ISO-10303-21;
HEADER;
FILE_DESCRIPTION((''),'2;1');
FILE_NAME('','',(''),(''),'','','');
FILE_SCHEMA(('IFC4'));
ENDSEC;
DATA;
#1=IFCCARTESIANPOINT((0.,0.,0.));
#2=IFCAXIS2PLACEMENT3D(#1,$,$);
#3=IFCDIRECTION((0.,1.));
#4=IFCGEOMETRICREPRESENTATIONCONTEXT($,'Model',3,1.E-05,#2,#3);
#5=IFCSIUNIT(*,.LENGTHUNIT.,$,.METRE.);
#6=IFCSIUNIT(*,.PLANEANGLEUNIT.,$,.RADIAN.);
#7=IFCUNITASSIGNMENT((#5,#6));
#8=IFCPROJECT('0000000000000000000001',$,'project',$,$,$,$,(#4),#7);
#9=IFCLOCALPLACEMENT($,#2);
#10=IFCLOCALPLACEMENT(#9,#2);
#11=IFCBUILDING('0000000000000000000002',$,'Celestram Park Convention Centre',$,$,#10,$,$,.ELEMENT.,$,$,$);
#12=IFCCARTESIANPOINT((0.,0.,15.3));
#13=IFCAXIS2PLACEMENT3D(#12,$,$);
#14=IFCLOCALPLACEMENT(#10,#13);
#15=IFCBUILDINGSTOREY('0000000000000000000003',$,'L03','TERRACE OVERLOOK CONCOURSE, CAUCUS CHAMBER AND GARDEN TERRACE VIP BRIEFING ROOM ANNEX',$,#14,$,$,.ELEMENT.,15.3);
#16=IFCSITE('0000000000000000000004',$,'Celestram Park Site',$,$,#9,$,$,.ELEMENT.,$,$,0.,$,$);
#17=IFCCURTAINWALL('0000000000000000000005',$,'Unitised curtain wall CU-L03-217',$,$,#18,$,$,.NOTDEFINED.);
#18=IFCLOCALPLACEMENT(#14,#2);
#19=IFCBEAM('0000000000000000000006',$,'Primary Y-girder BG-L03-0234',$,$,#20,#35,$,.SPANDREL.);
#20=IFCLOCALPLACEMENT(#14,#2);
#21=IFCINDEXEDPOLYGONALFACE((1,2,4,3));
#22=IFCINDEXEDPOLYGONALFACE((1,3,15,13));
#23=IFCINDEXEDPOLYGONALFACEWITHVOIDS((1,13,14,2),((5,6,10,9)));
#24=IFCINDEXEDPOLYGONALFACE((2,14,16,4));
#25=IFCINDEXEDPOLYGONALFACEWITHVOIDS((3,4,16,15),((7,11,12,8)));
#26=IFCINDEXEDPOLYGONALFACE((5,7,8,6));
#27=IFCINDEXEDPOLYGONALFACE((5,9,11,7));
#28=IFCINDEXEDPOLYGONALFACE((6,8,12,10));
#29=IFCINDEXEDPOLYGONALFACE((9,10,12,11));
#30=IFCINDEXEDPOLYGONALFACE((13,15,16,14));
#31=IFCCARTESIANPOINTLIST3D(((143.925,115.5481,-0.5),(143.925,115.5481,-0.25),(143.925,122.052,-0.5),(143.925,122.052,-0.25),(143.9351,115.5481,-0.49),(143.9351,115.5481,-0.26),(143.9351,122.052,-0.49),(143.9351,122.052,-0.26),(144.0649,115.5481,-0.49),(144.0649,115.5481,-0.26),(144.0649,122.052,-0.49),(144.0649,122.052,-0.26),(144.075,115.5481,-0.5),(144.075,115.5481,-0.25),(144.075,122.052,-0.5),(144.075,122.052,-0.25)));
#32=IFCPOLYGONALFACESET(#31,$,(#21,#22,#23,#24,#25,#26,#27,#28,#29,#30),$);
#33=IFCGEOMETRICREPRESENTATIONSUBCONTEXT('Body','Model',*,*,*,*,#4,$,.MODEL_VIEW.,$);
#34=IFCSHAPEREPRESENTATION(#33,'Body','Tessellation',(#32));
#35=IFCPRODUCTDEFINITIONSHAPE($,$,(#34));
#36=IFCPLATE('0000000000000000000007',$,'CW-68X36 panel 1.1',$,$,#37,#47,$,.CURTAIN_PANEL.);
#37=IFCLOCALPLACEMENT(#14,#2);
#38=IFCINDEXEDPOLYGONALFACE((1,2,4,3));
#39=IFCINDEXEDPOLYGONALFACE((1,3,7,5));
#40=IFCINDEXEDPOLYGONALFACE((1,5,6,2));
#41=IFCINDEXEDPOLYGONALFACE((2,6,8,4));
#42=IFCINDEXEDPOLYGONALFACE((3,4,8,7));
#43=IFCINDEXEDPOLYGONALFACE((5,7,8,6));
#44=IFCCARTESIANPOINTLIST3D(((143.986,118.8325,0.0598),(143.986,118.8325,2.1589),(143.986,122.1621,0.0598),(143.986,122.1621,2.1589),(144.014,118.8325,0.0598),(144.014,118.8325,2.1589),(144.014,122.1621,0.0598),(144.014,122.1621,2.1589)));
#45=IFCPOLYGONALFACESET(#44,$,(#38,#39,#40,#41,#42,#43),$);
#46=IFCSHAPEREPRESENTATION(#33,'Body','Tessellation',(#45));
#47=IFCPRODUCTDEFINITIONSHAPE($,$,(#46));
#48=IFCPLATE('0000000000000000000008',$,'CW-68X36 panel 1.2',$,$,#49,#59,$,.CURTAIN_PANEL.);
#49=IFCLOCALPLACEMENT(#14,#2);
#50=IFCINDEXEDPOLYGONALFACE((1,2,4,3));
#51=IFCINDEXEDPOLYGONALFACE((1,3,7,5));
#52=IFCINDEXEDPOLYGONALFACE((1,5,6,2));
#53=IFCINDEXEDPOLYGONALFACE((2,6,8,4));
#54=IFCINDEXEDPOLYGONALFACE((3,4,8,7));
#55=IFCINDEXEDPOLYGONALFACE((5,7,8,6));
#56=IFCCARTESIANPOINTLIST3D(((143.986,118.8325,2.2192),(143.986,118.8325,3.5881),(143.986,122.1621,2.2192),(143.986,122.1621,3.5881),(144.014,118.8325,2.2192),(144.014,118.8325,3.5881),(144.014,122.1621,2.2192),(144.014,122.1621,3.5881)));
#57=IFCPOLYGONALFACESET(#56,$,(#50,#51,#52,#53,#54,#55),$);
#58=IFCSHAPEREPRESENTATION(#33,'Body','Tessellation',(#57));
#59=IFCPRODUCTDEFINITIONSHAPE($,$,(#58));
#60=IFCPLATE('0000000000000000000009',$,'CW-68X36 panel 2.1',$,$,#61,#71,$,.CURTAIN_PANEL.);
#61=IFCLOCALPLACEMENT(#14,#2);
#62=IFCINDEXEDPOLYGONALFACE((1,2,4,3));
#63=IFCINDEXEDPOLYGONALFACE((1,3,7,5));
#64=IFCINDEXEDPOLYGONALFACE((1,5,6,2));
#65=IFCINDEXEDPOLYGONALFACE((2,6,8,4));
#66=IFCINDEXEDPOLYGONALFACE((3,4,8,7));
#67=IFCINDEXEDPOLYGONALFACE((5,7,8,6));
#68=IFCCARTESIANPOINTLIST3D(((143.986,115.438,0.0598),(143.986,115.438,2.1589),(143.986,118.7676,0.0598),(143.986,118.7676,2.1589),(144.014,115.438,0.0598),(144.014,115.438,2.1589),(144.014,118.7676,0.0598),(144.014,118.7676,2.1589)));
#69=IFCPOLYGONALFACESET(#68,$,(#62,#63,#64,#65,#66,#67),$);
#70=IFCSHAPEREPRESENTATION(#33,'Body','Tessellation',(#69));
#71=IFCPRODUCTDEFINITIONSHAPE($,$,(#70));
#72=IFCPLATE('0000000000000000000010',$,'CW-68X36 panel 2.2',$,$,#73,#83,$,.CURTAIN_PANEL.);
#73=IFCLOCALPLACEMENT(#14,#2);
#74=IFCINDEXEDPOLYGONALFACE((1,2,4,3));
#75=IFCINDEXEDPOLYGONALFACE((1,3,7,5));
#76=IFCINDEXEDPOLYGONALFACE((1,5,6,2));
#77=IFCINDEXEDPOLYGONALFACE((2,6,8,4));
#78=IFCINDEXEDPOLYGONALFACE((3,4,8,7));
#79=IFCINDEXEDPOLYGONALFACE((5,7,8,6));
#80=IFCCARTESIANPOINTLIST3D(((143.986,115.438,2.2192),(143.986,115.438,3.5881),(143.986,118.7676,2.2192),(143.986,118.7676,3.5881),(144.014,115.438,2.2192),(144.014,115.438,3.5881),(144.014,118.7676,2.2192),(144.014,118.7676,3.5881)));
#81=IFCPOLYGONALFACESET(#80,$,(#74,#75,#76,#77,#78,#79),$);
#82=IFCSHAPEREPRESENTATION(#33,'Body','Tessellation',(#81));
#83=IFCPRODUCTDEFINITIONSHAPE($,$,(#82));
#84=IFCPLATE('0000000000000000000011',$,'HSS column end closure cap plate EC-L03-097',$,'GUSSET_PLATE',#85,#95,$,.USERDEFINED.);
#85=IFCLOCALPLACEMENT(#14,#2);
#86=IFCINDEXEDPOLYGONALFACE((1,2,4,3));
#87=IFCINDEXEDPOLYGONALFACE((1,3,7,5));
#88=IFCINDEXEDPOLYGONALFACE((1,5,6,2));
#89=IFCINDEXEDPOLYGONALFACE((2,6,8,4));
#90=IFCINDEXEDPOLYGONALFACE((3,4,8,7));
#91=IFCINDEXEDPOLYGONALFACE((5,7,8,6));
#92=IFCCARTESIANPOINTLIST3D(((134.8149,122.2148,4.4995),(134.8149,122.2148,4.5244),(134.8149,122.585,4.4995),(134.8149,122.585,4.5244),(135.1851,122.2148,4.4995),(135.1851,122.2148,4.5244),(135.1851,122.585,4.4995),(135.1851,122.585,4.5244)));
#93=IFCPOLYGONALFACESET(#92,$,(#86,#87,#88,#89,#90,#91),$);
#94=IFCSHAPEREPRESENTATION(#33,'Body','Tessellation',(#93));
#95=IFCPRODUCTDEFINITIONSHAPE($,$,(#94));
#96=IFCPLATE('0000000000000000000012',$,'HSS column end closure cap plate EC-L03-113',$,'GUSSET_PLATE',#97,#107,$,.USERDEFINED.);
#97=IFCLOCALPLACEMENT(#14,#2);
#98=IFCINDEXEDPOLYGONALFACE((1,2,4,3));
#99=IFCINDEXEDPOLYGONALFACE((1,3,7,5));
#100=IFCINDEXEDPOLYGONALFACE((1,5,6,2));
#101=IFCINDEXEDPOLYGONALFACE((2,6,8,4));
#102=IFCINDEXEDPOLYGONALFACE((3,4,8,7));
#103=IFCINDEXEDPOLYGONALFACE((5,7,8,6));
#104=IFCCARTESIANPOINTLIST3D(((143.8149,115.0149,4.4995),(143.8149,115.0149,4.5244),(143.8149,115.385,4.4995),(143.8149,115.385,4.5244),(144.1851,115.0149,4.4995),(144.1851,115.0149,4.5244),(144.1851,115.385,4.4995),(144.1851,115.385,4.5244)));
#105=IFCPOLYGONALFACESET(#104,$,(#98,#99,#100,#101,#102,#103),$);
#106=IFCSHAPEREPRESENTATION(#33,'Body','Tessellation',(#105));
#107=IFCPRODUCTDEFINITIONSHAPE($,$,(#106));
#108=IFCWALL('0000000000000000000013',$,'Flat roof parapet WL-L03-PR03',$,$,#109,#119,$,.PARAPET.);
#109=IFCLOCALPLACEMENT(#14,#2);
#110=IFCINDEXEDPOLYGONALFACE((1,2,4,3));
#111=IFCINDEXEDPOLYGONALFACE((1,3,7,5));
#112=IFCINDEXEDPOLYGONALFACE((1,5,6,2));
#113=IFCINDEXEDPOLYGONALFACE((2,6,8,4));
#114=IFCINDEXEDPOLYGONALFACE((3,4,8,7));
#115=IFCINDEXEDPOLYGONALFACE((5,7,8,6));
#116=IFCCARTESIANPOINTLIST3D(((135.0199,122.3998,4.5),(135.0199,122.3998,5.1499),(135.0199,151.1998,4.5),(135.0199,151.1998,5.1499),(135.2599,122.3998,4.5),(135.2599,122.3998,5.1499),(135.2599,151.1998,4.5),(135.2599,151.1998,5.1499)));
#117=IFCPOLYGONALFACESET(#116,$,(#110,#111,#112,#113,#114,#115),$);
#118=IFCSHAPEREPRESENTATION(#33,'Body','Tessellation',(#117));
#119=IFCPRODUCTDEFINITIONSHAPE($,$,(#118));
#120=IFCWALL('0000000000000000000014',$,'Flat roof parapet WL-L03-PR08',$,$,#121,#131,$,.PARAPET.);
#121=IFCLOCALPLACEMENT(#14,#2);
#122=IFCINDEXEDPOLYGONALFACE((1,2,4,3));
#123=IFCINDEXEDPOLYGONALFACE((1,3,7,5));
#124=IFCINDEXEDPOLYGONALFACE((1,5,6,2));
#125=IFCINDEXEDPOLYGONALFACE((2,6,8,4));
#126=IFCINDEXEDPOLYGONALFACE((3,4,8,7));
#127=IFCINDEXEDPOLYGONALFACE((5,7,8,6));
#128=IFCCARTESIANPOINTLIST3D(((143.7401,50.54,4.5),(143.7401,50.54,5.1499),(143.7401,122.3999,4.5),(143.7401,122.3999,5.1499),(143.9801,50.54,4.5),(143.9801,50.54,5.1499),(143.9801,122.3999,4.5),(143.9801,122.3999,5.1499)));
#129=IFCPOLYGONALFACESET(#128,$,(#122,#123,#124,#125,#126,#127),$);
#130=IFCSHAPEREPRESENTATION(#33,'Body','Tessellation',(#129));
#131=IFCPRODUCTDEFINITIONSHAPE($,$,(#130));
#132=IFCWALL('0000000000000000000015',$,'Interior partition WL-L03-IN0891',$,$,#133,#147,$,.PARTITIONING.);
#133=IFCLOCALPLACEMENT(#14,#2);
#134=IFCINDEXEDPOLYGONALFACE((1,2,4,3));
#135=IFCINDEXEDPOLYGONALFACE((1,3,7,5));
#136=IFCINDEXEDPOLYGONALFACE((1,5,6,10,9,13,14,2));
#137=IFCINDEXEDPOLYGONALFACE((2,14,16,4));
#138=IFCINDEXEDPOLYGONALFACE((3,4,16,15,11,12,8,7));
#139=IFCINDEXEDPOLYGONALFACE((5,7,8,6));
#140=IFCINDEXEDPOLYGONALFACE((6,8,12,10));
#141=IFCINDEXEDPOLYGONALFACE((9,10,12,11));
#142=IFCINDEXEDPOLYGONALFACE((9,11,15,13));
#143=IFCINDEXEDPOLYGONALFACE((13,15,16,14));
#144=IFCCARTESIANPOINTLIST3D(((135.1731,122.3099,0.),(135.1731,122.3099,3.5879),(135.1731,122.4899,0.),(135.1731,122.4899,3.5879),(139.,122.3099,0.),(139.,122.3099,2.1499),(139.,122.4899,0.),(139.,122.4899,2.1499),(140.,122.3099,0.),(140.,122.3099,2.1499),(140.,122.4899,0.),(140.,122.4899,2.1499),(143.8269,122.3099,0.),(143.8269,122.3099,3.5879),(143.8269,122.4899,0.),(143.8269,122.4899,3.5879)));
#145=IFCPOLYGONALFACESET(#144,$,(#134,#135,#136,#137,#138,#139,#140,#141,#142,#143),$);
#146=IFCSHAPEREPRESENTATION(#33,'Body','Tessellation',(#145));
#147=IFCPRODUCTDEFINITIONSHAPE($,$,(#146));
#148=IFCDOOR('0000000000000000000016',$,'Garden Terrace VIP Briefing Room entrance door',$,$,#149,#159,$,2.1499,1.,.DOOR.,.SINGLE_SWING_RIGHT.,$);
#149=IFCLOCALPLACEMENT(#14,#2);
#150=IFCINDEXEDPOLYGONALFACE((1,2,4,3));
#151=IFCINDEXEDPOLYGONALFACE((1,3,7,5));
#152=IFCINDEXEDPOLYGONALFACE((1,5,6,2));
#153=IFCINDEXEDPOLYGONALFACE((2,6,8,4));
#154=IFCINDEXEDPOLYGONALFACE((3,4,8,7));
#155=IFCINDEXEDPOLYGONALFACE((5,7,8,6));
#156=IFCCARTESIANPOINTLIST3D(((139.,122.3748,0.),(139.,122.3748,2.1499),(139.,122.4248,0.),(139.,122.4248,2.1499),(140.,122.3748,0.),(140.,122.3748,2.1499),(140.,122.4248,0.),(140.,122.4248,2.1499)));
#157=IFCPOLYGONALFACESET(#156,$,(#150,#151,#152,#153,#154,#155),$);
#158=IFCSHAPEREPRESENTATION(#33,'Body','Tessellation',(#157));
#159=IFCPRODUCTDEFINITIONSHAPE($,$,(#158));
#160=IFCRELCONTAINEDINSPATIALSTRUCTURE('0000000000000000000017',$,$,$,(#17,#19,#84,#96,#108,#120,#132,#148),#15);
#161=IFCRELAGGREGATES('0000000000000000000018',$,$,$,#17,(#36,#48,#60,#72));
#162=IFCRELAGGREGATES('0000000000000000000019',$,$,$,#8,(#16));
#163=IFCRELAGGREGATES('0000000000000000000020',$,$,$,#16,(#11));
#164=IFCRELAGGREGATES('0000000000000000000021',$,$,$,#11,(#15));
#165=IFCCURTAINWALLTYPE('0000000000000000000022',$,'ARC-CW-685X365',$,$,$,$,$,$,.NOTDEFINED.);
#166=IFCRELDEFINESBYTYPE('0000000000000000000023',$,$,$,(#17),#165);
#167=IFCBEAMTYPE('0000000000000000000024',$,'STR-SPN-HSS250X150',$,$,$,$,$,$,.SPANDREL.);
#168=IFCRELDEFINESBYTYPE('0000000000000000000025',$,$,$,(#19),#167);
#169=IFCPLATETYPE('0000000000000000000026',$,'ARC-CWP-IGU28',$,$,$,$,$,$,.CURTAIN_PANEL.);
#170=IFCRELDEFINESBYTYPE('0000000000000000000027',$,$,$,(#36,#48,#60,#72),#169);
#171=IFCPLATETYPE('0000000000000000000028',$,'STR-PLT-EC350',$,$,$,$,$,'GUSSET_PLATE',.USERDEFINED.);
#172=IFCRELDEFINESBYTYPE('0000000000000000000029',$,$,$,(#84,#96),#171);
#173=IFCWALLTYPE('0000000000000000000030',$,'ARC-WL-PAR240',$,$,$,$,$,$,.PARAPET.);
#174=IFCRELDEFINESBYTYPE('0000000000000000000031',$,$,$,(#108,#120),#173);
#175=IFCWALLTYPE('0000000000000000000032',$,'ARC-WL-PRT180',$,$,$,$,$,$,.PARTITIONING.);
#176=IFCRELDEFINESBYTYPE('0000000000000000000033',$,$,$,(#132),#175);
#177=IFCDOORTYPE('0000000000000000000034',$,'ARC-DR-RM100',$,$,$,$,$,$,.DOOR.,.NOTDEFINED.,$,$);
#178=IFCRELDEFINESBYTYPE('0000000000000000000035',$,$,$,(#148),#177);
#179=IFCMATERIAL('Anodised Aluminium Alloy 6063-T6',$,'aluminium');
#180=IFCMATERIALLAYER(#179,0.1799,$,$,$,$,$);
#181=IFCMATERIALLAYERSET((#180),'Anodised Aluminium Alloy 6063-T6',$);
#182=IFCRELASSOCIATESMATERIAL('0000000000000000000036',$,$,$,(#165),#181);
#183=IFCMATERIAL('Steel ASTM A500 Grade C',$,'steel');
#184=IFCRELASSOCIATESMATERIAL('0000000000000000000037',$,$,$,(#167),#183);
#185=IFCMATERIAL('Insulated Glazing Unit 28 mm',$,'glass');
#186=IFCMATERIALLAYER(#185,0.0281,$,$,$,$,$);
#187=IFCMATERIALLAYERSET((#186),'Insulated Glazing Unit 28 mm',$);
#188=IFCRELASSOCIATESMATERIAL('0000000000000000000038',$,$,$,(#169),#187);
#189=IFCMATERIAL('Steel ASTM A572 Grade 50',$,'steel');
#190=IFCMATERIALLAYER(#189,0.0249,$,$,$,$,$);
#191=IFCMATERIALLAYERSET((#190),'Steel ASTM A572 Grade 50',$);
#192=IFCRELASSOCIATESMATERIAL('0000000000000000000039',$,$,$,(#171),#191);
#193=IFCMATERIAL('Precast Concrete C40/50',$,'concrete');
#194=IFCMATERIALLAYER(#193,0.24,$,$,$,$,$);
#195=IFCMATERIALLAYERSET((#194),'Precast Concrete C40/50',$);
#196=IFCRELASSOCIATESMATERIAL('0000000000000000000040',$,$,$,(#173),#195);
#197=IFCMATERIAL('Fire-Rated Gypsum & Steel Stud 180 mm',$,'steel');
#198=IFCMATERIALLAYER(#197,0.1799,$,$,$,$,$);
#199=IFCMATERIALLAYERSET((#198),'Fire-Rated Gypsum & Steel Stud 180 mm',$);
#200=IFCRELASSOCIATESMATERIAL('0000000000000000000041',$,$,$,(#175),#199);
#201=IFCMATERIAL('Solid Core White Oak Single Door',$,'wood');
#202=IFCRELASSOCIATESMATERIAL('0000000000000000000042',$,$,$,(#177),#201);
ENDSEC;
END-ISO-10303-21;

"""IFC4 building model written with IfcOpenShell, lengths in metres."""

from ifc_helpers import new_model, si_unit, direction, frame, frame_2d, origin, origin_2d, place, context, subcontext, project, spatial, rectangle, hollow_rectangle, extrude, material, layer, layer_set, material_profile, profile_set, type_object, element, fill, aggregate, save


model = new_model("IFC4")

# Units and contexts
model_context = context("Model", 3, precision=1e-05, world=origin(), true_north=direction((0.0, 1.0)))
body_context = subcontext(model_context, "Body", "Model", "MODEL_VIEW")
ifc_project = project(units=[si_unit("LENGTHUNIT", "METRE"), si_unit("PLANEANGLEUNIT", "RADIAN")], contexts=[model_context])

# Site, building, storey
site_placement = place(None, origin())
site = spatial("IfcSite", under=ifc_project, at=site_placement, Name="Celestram Park Site", CompositionType="ELEMENT", RefElevation=0.0)
building_placement = place(site_placement, origin())
building = spatial("IfcBuilding", under=site, at=building_placement, Name="Celestram Park Convention Centre", CompositionType="ELEMENT")
storey_placement = place(building_placement, frame((0.0, 0.0, 15.3)))
storey = spatial("IfcBuildingStorey", under=building, at=storey_placement, Name="L03", Description="TERRACE OVERLOOK CONCOURSE, CAUCUS CHAMBER AND GARDEN TERRACE VIP BRIEFING ROOM ANNEX", CompositionType="ELEMENT", Elevation=15.3)

# Shared definitions
ifc_material_1 = material(Name="Steel ASTM A500 Grade C", Category="steel")

# Curtain wall
ifc_material_2 = material(Name="Anodised Aluminium Alloy 6063-T6", Category="aluminium")
ifc_layer_1 = layer(ifc_material_2, 0.1799)
ifc_layer_set_1 = layer_set([ifc_layer_1], Name="Anodised Aluminium Alloy 6063-T6")
curtain_wall_type = type_object("IfcCurtainWallType", Name="ARC-CW-685X365", PredefinedType="NOTDEFINED", material=ifc_layer_set_1)
curtain_wall_placement = place(storey_placement, origin())
curtain_wall = element("IfcCurtainWall", 1, at=curtain_wall_placement, inside=storey, type_object=curtain_wall_type, Name="Unitised curtain wall CU-L03-217", PredefinedType="NOTDEFINED")

# Beam
ifc_material_profile_1 = material_profile(ifc_material_1, hollow_rectangle(XDim=0.1499, YDim=0.25, WallThickness=0.01, at=origin_2d()), Name="HSS250X150X10")
ifc_profile_set_1 = profile_set([ifc_material_profile_1], Name="Steel ASTM A500 Grade C")
beam_type_1 = type_object("IfcBeamType", Name="STR-SPN-HSS250X150", PredefinedType="SPANDREL", material=ifc_profile_set_1)
beam_1_placement = place(storey_placement, frame((144.0, 115.5481, -0.375), z_axis=(0.0, 1.0, 0.0), x_axis=(-1.0, 0.0, 0.0)))
element("IfcBeam", 2, at=beam_1_placement, inside=storey, type_object=beam_type_1, Name="Primary Y-girder BG-L03-0234", PredefinedType="SPANDREL", context=body_context, shape_type="SweptSolid", body=[
    extrude(hollow_rectangle(XDim=0.1499, YDim=0.25, WallThickness=0.01, at=origin_2d()), origin(), (0.0, 0.0, 1.0), 6.5039),
])

# Plates
ifc_material_3 = material(Name="Insulated Glazing Unit 28 mm", Category="glass")
ifc_layer_2 = layer(ifc_material_3, 0.0281)
ifc_layer_set_2 = layer_set([ifc_layer_2], Name="Insulated Glazing Unit 28 mm")
plate_type_1 = type_object("IfcPlateType", Name="ARC-CWP-IGU28", PredefinedType="CURTAIN_PANEL", material=ifc_layer_set_2)
plate_1_placement = place(storey_placement, frame((144.0, 120.4973, 0.0598), z_axis=(0.0, 0.0, 1.0), x_axis=(0.0, -1.0, 0.0)))
plate_1 = element("IfcPlate", 3, at=plate_1_placement, type_object=plate_type_1, Name="CW-68X36 panel 1.1", PredefinedType="CURTAIN_PANEL", context=body_context, shape_type="SweptSolid", body=[
    extrude(rectangle(XDim=3.3296, YDim=0.0281, at=origin_2d()), origin(), (0.0, 0.0, 1.0), 2.0991),
])
plate_2_placement = place(storey_placement, frame((144.0, 120.4973, 2.2192), z_axis=(0.0, 0.0, 1.0), x_axis=(0.0, -1.0, 0.0)))
plate_2 = element("IfcPlate", 4, at=plate_2_placement, type_object=plate_type_1, Name="CW-68X36 panel 1.2", PredefinedType="CURTAIN_PANEL", context=body_context, shape_type="SweptSolid", body=[
    extrude(rectangle(XDim=3.3296, YDim=0.0281, at=origin_2d()), origin(), (0.0, 0.0, 1.0), 1.3689),
])
plate_3_placement = place(storey_placement, frame((144.0, 117.1028, 0.0598), z_axis=(0.0, 0.0, 1.0), x_axis=(0.0, -1.0, 0.0)))
plate_3 = element("IfcPlate", 5, at=plate_3_placement, type_object=plate_type_1, Name="CW-68X36 panel 2.1", PredefinedType="CURTAIN_PANEL", context=body_context, shape_type="SweptSolid", body=[
    extrude(rectangle(XDim=3.3296, YDim=0.0281, at=origin_2d()), origin(), (0.0, 0.0, 1.0), 2.0991),
])
plate_4_placement = place(storey_placement, frame((144.0, 117.1028, 2.2192), z_axis=(0.0, 0.0, 1.0), x_axis=(0.0, -1.0, 0.0)))
plate_4 = element("IfcPlate", 6, at=plate_4_placement, type_object=plate_type_1, Name="CW-68X36 panel 2.2", PredefinedType="CURTAIN_PANEL", context=body_context, shape_type="SweptSolid", body=[
    extrude(rectangle(XDim=3.3296, YDim=0.0281, at=origin_2d()), origin(), (0.0, 0.0, 1.0), 1.3689),
])
aggregate(curtain_wall, [plate_1, plate_2, plate_3, plate_4])

# Plates
ifc_material_4 = material(Name="Steel ASTM A572 Grade 50", Category="steel")
ifc_layer_3 = layer(ifc_material_4, 0.0249)
ifc_layer_set_3 = layer_set([ifc_layer_3], Name="Steel ASTM A572 Grade 50")
plate_type_2 = type_object("IfcPlateType", Name="STR-PLT-EC350", ElementType="GUSSET_PLATE", PredefinedType="USERDEFINED", material=ifc_layer_set_3)
for number, where, z_axis, x_axis, name in (
    (7, (135.0, 122.3999, 4.4995), (0.0, 0.0, 1.0), (1.0, 0.0, 0.0), "HSS column end closure cap plate EC-L03-097"),
    (8, (144.0, 115.2, 4.4995), (0.0, 0.0, 1.0), (1.0, 0.0, 0.0), "HSS column end closure cap plate EC-L03-113"),
):
    element("IfcPlate", number, at=place(storey_placement, frame(where, z_axis=z_axis, x_axis=x_axis)), inside=storey, type_object=plate_type_2, Name=name, ObjectType="GUSSET_PLATE", PredefinedType="USERDEFINED", context=body_context, shape_type="SweptSolid", body=[
        extrude(rectangle(XDim=0.3701, YDim=0.3701, at=origin_2d()), origin(), (0.0, 0.0, 1.0), 0.0249),
    ])

# Walls
ifc_material_5 = material(Name="Precast Concrete C40/50", Category="concrete")
ifc_layer_4 = layer(ifc_material_5, 0.24)
ifc_layer_set_4 = layer_set([ifc_layer_4], Name="Precast Concrete C40/50")
wall_type_1 = type_object("IfcWallType", Name="ARC-WL-PAR240", PredefinedType="PARAPET", material=ifc_layer_set_4)
wall_1_placement = place(storey_placement, frame((135.1399, 122.3999, 4.5), z_axis=(0.0, 0.0, 1.0), x_axis=(0.0, 1.0, 0.0)))
element("IfcWall", 9, at=wall_1_placement, inside=storey, type_object=wall_type_1, Name="Flat roof parapet WL-L03-PR03", PredefinedType="PARAPET", context=body_context, shape_type="SweptSolid", body=[
    extrude(rectangle(XDim=28.8, YDim=0.24, at=frame_2d((14.3999, 0.0))), origin(), (0.0, 0.0, 1.0), 0.6499),
])
wall_2_placement = place(storey_placement, frame((143.8601, 122.3999, 4.5), z_axis=(0.0, 0.0, 1.0), x_axis=(0.0, -1.0, 0.0)))
element("IfcWall", 10, at=wall_2_placement, inside=storey, type_object=wall_type_1, Name="Flat roof parapet WL-L03-PR08", PredefinedType="PARAPET", context=body_context, shape_type="SweptSolid", body=[
    extrude(rectangle(XDim=71.8599, YDim=0.24, at=frame_2d((35.9299, 0.0))), origin(), (0.0, 0.0, 1.0), 0.6499),
])

# Wall, opening, door
ifc_material_6 = material(Name="Fire-Rated Gypsum & Steel Stud 180 mm", Category="steel")
ifc_layer_5 = layer(ifc_material_6, 0.1799)
ifc_layer_set_5 = layer_set([ifc_layer_5], Name="Fire-Rated Gypsum & Steel Stud 180 mm")
wall_type_2 = type_object("IfcWallType", Name="ARC-WL-PRT180", PredefinedType="PARTITIONING", material=ifc_layer_set_5)
wall_3_placement = place(storey_placement, frame((135.1731, 122.3999, 0.0), z_axis=(0.0, 0.0, 1.0), x_axis=(1.0, 0.0, 0.0)))
wall_3 = element("IfcWall", 11, at=wall_3_placement, inside=storey, type_object=wall_type_2, Name="Interior partition WL-L03-IN0891", PredefinedType="PARTITIONING", context=body_context, shape_type="SweptSolid", body=[
    extrude(rectangle(XDim=8.6538, YDim=0.1799, at=frame_2d((4.3269, 0.0))), origin(), (0.0, 0.0, 1.0), 3.5879),
])
opening_1_placement = place(wall_3_placement, frame((3.8269, 0.0, 0.0)))
opening_1 = element("IfcOpeningElement", 12, at=opening_1_placement, cuts=wall_3, PredefinedType="OPENING", context=body_context, shape_type="SweptSolid", body=[
    extrude(rectangle(XDim=1.0, YDim=2.1499, at=frame_2d((0.5, 1.075))), frame((0.0, 0.0999, 0.0), z_axis=(0.0, -1.0, 0.0), x_axis=(1.0, 0.0, 0.0)), (0.0, 0.0, 1.0), 0.2),
])
ifc_material_7 = material(Name="Solid Core White Oak Single Door", Category="wood")
door_type_1 = type_object("IfcDoorType", Name="ARC-DR-RM100", OperationType="NOTDEFINED", PredefinedType="DOOR", material=ifc_material_7)
door_1_placement = place(opening_1_placement, origin())
door_1 = element("IfcDoor", 13, at=door_1_placement, inside=storey, type_object=door_type_1, Name="Garden Terrace VIP Briefing Room entrance door", OperationType="SINGLE_SWING_RIGHT", OverallHeight=2.1499, OverallWidth=1.0, PredefinedType="DOOR", context=body_context, shape_type="SweptSolid", body=[
    extrude(rectangle(XDim=1.0, YDim=2.1499, at=frame_2d((0.5, 1.075))), frame((0.0, 0.0249, 0.0), z_axis=(0.0, -1.0, 0.0), x_axis=(1.0, 0.0, 0.0)), (0.0, 0.0, 1.0), 0.05),
])
fill(opening_1, door_1)

save(model, "model.ifc")
